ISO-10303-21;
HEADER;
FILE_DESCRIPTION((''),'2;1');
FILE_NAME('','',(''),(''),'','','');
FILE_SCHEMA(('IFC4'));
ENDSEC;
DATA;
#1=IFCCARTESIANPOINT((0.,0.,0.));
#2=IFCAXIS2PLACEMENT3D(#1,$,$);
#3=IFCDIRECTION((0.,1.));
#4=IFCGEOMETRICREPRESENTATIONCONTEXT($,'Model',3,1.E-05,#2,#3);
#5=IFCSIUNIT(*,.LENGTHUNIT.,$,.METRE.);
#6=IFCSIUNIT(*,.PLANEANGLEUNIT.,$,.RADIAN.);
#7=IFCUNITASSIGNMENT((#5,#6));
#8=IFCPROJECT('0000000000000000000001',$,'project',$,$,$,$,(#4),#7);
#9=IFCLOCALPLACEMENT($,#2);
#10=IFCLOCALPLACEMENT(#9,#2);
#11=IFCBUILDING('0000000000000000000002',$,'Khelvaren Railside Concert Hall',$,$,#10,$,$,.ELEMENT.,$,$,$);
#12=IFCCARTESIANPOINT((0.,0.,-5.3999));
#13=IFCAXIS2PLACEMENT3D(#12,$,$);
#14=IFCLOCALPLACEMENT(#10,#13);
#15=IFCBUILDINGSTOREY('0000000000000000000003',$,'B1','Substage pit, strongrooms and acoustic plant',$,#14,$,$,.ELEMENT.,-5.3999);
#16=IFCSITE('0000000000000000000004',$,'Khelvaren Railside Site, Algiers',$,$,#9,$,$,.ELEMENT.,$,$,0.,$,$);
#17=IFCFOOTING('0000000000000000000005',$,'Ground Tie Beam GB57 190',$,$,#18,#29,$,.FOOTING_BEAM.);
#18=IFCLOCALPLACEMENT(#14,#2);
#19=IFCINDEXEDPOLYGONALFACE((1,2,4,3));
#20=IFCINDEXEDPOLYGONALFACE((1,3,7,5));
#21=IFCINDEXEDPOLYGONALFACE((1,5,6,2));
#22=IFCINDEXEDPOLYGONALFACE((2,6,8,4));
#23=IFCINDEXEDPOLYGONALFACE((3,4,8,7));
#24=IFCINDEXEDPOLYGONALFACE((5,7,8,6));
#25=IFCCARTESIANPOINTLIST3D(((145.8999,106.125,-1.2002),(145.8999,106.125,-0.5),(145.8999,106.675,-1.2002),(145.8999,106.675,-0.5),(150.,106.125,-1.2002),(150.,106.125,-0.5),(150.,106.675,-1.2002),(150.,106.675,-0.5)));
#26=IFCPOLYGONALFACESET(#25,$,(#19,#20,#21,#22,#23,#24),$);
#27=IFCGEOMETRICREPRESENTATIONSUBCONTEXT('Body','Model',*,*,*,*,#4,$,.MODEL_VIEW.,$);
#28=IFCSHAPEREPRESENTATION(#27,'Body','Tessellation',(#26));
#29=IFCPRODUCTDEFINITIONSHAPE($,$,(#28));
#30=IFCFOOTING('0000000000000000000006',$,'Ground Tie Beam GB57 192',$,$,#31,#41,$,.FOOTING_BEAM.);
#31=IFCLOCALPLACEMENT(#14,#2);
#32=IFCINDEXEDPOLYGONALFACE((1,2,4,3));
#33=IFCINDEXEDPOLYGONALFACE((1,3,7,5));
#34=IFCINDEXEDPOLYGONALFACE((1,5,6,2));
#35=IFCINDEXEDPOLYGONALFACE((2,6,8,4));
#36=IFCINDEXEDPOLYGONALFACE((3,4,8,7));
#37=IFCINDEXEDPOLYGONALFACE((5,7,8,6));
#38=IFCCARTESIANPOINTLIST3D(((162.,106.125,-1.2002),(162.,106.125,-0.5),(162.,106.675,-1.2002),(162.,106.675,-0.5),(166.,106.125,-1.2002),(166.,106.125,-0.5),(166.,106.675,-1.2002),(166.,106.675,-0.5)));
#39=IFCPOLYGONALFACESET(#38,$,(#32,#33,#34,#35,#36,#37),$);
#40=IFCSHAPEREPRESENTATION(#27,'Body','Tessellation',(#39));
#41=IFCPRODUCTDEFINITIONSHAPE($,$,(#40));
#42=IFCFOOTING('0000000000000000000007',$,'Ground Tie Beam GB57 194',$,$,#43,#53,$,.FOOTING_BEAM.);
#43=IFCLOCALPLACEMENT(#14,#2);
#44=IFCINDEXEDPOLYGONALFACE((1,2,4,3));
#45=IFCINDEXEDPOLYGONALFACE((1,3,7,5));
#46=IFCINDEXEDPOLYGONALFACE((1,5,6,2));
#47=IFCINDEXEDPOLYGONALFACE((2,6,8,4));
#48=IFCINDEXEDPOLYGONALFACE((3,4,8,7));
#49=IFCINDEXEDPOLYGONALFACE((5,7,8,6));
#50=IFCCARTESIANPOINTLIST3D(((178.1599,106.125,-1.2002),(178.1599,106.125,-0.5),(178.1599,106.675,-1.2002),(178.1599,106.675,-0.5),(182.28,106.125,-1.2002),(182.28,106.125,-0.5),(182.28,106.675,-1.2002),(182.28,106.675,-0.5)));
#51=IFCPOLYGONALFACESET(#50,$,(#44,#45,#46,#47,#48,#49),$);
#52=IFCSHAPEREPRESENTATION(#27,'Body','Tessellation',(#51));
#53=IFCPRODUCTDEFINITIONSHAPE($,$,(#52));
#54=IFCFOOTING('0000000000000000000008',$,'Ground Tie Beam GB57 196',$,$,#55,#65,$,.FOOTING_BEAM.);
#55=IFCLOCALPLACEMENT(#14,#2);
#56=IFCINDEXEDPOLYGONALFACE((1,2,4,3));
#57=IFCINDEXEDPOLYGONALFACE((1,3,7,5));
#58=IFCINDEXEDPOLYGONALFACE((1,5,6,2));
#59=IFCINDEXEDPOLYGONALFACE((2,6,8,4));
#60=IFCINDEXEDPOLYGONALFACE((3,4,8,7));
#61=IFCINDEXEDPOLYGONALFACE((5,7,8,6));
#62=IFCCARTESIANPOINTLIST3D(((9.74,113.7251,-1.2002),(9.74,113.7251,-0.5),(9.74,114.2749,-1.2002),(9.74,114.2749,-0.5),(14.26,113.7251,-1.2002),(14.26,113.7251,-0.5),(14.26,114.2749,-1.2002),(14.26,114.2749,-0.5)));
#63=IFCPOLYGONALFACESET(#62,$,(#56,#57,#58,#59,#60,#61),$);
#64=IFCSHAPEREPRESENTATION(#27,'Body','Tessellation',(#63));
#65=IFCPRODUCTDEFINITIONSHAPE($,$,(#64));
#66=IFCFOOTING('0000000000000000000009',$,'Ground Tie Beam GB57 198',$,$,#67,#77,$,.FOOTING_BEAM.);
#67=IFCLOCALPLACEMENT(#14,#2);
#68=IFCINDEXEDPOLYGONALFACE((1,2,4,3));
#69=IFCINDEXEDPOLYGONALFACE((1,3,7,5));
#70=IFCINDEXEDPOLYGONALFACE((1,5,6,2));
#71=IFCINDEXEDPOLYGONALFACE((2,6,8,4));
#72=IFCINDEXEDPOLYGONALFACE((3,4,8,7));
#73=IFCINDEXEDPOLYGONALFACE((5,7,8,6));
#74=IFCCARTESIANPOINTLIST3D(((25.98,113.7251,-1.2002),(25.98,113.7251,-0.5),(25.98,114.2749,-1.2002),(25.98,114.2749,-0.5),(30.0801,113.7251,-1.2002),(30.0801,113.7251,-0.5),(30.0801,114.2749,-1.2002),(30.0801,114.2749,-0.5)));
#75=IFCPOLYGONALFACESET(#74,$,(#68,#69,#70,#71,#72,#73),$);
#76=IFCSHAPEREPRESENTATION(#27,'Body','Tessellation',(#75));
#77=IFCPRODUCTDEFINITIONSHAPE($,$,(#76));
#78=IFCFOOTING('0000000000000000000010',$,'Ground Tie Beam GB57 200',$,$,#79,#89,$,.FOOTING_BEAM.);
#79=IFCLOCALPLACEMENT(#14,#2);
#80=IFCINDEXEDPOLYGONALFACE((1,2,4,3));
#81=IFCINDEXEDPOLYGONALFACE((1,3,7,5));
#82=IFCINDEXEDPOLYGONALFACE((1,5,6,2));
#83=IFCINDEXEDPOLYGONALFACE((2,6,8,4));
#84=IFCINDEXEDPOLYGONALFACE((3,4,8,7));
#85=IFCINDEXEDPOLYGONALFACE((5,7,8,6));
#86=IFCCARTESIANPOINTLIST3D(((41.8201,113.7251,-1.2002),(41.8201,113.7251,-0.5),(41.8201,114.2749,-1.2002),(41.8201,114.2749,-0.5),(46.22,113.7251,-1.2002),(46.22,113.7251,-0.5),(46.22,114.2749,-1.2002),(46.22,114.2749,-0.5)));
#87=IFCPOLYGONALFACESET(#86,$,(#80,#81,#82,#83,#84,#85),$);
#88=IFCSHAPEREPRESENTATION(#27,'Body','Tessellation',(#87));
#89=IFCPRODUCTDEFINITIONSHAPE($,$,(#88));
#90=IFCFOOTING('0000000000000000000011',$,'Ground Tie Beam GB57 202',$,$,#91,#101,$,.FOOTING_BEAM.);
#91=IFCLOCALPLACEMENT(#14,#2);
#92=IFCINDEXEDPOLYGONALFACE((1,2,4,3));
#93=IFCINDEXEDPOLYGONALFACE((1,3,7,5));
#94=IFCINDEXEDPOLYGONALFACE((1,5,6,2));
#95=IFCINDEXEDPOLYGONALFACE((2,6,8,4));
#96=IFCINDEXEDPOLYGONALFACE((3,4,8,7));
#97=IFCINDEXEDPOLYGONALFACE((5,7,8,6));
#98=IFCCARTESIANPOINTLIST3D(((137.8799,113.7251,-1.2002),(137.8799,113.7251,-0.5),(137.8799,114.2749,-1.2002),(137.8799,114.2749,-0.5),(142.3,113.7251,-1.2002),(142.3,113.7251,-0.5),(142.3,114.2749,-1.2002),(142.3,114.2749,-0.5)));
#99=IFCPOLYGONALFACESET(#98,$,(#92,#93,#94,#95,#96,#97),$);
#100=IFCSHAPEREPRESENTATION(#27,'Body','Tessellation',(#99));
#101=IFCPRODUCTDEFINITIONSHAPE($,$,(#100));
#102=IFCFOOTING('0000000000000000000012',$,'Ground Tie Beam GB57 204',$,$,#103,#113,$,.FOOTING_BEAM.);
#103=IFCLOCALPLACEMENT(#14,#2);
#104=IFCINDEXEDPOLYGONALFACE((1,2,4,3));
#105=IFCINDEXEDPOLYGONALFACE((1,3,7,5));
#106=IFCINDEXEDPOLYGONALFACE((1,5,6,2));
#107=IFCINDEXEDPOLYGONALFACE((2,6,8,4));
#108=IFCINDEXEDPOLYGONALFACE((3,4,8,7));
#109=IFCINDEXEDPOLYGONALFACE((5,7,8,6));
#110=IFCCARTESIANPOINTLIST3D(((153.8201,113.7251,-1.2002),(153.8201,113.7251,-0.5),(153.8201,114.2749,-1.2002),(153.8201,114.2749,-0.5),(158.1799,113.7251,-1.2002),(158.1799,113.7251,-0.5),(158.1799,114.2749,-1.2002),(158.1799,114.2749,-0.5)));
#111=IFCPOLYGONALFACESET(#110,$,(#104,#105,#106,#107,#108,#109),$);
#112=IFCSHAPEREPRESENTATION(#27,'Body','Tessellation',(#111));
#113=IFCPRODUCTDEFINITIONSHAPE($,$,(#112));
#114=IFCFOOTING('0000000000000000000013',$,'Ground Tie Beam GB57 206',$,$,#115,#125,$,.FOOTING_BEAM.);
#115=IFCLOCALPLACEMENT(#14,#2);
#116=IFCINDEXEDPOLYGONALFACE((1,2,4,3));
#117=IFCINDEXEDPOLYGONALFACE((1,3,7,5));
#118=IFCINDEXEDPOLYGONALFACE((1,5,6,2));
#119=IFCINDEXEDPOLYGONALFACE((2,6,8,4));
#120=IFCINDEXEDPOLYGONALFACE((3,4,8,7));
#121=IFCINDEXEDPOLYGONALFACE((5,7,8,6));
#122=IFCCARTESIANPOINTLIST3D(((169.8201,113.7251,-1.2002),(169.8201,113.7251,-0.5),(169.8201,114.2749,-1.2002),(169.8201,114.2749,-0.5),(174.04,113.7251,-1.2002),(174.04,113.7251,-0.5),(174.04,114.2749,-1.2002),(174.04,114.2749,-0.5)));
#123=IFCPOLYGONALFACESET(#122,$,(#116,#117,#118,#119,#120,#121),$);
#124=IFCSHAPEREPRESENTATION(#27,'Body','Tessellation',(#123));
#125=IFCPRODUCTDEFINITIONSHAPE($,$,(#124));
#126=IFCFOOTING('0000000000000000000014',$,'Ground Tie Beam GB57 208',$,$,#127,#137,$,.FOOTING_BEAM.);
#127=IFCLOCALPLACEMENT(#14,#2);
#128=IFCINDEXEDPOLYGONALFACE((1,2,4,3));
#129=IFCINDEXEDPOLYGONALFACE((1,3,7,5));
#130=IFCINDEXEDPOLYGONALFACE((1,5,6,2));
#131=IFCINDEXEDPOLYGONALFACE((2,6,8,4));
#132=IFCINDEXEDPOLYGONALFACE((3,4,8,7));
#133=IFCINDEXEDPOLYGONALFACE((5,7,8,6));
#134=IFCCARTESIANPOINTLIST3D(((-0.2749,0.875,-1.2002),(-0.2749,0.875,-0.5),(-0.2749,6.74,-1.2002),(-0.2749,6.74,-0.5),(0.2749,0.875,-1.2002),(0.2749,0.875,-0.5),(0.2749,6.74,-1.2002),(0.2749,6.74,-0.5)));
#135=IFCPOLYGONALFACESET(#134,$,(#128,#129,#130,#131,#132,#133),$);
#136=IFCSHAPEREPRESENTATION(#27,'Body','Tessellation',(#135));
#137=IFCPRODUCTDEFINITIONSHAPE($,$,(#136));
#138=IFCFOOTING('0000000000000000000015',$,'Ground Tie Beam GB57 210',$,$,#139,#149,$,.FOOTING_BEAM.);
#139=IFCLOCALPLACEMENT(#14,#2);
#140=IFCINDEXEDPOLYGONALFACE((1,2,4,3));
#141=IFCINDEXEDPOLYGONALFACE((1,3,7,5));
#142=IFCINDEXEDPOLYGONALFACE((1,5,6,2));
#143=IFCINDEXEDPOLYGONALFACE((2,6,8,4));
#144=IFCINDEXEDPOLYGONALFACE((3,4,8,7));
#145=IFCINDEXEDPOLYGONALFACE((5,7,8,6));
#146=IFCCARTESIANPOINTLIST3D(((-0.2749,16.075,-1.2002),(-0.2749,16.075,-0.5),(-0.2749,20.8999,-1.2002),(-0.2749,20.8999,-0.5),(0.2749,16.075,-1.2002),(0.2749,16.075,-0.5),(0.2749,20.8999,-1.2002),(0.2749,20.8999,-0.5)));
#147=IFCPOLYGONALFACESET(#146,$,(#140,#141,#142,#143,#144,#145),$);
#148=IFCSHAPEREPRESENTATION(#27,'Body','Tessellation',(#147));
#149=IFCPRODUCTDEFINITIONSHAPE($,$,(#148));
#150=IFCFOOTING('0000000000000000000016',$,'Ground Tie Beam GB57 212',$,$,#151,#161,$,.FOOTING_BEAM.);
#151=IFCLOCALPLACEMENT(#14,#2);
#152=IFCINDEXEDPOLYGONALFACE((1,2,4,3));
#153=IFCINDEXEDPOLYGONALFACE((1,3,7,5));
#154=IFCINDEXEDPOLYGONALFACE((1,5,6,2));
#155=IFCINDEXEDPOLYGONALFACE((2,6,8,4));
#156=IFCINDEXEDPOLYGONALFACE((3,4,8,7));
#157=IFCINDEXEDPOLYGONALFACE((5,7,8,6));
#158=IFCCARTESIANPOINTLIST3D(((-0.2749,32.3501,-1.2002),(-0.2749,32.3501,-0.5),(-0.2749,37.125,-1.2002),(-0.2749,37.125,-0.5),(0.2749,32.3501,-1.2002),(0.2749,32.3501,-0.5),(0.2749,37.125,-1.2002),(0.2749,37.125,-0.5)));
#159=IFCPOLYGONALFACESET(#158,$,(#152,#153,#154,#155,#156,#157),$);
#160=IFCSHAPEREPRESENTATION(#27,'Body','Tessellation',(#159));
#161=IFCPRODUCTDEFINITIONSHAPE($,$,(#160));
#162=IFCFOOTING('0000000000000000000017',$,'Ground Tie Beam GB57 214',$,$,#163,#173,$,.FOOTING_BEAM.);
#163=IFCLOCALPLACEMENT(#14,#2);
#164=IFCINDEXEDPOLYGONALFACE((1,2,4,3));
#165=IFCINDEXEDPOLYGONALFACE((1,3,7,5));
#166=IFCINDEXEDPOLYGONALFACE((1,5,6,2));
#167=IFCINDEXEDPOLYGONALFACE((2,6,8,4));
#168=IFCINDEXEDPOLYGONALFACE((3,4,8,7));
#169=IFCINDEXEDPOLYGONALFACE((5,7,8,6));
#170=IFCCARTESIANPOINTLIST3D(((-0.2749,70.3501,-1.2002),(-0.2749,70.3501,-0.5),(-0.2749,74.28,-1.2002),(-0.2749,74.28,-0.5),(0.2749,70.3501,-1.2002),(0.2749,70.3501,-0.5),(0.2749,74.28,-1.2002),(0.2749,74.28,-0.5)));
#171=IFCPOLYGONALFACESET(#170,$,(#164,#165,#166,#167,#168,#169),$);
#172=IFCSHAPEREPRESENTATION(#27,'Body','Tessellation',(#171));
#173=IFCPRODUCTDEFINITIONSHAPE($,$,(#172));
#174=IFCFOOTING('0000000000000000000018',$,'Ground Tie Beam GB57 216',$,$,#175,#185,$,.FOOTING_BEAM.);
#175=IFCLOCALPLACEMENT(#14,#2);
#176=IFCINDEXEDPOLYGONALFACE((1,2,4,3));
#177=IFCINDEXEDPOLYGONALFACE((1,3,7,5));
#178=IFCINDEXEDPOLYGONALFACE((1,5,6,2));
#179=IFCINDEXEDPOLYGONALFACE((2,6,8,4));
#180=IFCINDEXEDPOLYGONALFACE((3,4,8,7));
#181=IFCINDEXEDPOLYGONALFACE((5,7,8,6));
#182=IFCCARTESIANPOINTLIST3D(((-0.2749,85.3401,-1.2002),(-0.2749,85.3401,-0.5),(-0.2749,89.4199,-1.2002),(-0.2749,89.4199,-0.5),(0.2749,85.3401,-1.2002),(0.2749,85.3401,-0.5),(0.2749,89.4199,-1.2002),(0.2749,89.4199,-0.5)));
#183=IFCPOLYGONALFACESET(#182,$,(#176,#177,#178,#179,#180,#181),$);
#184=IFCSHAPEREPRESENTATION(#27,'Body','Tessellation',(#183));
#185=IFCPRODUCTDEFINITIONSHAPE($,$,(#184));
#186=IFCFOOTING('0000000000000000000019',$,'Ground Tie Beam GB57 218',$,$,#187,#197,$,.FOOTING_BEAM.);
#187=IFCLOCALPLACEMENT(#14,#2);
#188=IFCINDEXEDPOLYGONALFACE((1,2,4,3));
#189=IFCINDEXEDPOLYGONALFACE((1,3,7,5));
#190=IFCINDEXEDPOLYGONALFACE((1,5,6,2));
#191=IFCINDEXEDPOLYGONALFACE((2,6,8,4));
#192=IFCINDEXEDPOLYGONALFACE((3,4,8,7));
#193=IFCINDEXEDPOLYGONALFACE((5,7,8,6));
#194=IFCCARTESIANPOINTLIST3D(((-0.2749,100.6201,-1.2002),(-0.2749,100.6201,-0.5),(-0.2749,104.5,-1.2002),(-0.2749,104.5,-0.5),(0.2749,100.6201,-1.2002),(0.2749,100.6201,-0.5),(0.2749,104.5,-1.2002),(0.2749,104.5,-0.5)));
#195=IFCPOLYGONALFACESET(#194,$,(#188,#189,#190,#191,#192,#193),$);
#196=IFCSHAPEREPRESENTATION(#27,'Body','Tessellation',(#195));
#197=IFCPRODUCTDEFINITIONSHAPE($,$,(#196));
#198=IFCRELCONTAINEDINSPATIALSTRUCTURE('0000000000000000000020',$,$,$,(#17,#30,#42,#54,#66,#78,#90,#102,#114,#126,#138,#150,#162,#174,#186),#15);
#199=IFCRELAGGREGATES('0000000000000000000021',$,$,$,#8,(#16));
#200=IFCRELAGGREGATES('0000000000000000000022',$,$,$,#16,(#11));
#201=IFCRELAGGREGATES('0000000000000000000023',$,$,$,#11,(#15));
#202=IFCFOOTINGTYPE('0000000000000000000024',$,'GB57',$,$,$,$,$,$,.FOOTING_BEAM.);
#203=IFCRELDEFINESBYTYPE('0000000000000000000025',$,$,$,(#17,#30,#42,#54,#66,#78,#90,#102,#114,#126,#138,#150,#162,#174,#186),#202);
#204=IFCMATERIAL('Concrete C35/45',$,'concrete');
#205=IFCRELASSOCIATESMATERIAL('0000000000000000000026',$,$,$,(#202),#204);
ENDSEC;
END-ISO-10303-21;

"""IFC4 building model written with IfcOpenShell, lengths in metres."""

from ifc_helpers import new_model, si_unit, direction, frame, origin, place, context, subcontext, project, spatial, polyline, outline, extrude, material, type_object, element, save


model = new_model("IFC4")

# Units and contexts
model_context = context("Model", 3, precision=1e-05, world=origin(), true_north=direction((0.0, 1.0)))
body_context = subcontext(model_context, "Body", "Model", "MODEL_VIEW")
ifc_project = project(units=[si_unit("LENGTHUNIT", "METRE"), si_unit("PLANEANGLEUNIT", "RADIAN")], contexts=[model_context])

# Site, building, storey
site_placement = place(None, origin())
site = spatial("IfcSite", under=ifc_project, at=site_placement, Name="Khelvaren Railside Site, Algiers", CompositionType="ELEMENT", RefElevation=0.0)
building_placement = place(site_placement, origin())
building = spatial("IfcBuilding", under=site, at=building_placement, Name="Khelvaren Railside Concert Hall", CompositionType="ELEMENT")
storey_placement = place(building_placement, frame((0.0, 0.0, -5.3999)))
storey = spatial("IfcBuildingStorey", under=building, at=storey_placement, Name="B1", Description="Substage pit, strongrooms and acoustic plant", CompositionType="ELEMENT", Elevation=-5.3999)

# Footings
ifc_material = material(Name="Concrete C35/45", Category="concrete")
footing_type = type_object("IfcFootingType", Name="GB57", PredefinedType="FOOTING_BEAM", material=ifc_material)
footing_1_placement = place(storey_placement, frame((0.0, 0.0, -1.2002)))
element("IfcFooting", 1, at=footing_1_placement, inside=storey, type_object=footing_type, Name="Ground Tie Beam GB57 190", PredefinedType="FOOTING_BEAM", context=body_context, shape_type="SweptSolid", body=[
    extrude(outline(polyline([(145.8999, 106.125), (150.0, 106.125), (150.0, 106.675), (145.8999, 106.675), (145.8999, 106.125)])), origin(), (0.0, 0.0, 1.0), 0.7002),
])
footing_2_placement = place(storey_placement, frame((0.0, 0.0, -1.2002)))
element("IfcFooting", 2, at=footing_2_placement, inside=storey, type_object=footing_type, Name="Ground Tie Beam GB57 192", PredefinedType="FOOTING_BEAM", context=body_context, shape_type="SweptSolid", body=[
    extrude(outline(polyline([(162.0, 106.125), (166.0, 106.125), (166.0, 106.675), (162.0, 106.675), (162.0, 106.125)])), origin(), (0.0, 0.0, 1.0), 0.7002),
])
footing_3_placement = place(storey_placement, frame((0.0, 0.0, -1.2002)))
element("IfcFooting", 3, at=footing_3_placement, inside=storey, type_object=footing_type, Name="Ground Tie Beam GB57 194", PredefinedType="FOOTING_BEAM", context=body_context, shape_type="SweptSolid", body=[
    extrude(outline(polyline([(178.1599, 106.125), (182.28, 106.125), (182.28, 106.675), (178.1599, 106.675), (178.1599, 106.125)])), origin(), (0.0, 0.0, 1.0), 0.7002),
])
footing_4_placement = place(storey_placement, frame((0.0, 0.0, -1.2002)))
element("IfcFooting", 4, at=footing_4_placement, inside=storey, type_object=footing_type, Name="Ground Tie Beam GB57 196", PredefinedType="FOOTING_BEAM", context=body_context, shape_type="SweptSolid", body=[
    extrude(outline(polyline([(9.74, 113.7251), (14.26, 113.7251), (14.26, 114.2749), (9.74, 114.2749), (9.74, 113.7251)])), origin(), (0.0, 0.0, 1.0), 0.7002),
])
footing_5_placement = place(storey_placement, frame((0.0, 0.0, -1.2002)))
element("IfcFooting", 5, at=footing_5_placement, inside=storey, type_object=footing_type, Name="Ground Tie Beam GB57 198", PredefinedType="FOOTING_BEAM", context=body_context, shape_type="SweptSolid", body=[
    extrude(outline(polyline([(25.98, 113.7251), (30.0801, 113.7251), (30.0801, 114.2749), (25.98, 114.2749), (25.98, 113.7251)])), origin(), (0.0, 0.0, 1.0), 0.7002),
])
footing_6_placement = place(storey_placement, frame((0.0, 0.0, -1.2002)))
element("IfcFooting", 6, at=footing_6_placement, inside=storey, type_object=footing_type, Name="Ground Tie Beam GB57 200", PredefinedType="FOOTING_BEAM", context=body_context, shape_type="SweptSolid", body=[
    extrude(outline(polyline([(41.8201, 113.7251), (46.22, 113.7251), (46.22, 114.2749), (41.8201, 114.2749), (41.8201, 113.7251)])), origin(), (0.0, 0.0, 1.0), 0.7002),
])
footing_7_placement = place(storey_placement, frame((0.0, 0.0, -1.2002)))
element("IfcFooting", 7, at=footing_7_placement, inside=storey, type_object=footing_type, Name="Ground Tie Beam GB57 202", PredefinedType="FOOTING_BEAM", context=body_context, shape_type="SweptSolid", body=[
    extrude(outline(polyline([(137.8799, 113.7251), (142.3, 113.7251), (142.3, 114.2749), (137.8799, 114.2749), (137.8799, 113.7251)])), origin(), (0.0, 0.0, 1.0), 0.7002),
])
footing_8_placement = place(storey_placement, frame((0.0, 0.0, -1.2002)))
element("IfcFooting", 8, at=footing_8_placement, inside=storey, type_object=footing_type, Name="Ground Tie Beam GB57 204", PredefinedType="FOOTING_BEAM", context=body_context, shape_type="SweptSolid", body=[
    extrude(outline(polyline([(153.8201, 113.7251), (158.1799, 113.7251), (158.1799, 114.2749), (153.8201, 114.2749), (153.8201, 113.7251)])), origin(), (0.0, 0.0, 1.0), 0.7002),
])
footing_9_placement = place(storey_placement, frame((0.0, 0.0, -1.2002)))
element("IfcFooting", 9, at=footing_9_placement, inside=storey, type_object=footing_type, Name="Ground Tie Beam GB57 206", PredefinedType="FOOTING_BEAM", context=body_context, shape_type="SweptSolid", body=[
    extrude(outline(polyline([(169.8201, 113.7251), (174.04, 113.7251), (174.04, 114.2749), (169.8201, 114.2749), (169.8201, 113.7251)])), origin(), (0.0, 0.0, 1.0), 0.7002),
])
footing_10_placement = place(storey_placement, frame((0.0, 0.0, -1.2002)))
element("IfcFooting", 10, at=footing_10_placement, inside=storey, type_object=footing_type, Name="Ground Tie Beam GB57 208", PredefinedType="FOOTING_BEAM", context=body_context, shape_type="SweptSolid", body=[
    extrude(outline(polyline([(-0.2749, 0.875), (0.2749, 0.875), (0.2749, 6.74), (-0.2749, 6.74), (-0.2749, 0.875)])), origin(), (0.0, 0.0, 1.0), 0.7002),
])
footing_11_placement = place(storey_placement, frame((0.0, 0.0, -1.2002)))
element("IfcFooting", 11, at=footing_11_placement, inside=storey, type_object=footing_type, Name="Ground Tie Beam GB57 210", PredefinedType="FOOTING_BEAM", context=body_context, shape_type="SweptSolid", body=[
    extrude(outline(polyline([(-0.2749, 16.075), (0.2749, 16.075), (0.2749, 20.8999), (-0.2749, 20.8999), (-0.2749, 16.075)])), origin(), (0.0, 0.0, 1.0), 0.7002),
])
footing_12_placement = place(storey_placement, frame((0.0, 0.0, -1.2002)))
element("IfcFooting", 12, at=footing_12_placement, inside=storey, type_object=footing_type, Name="Ground Tie Beam GB57 212", PredefinedType="FOOTING_BEAM", context=body_context, shape_type="SweptSolid", body=[
    extrude(outline(polyline([(-0.2749, 32.3501), (0.2749, 32.3501), (0.2749, 37.125), (-0.2749, 37.125), (-0.2749, 32.3501)])), origin(), (0.0, 0.0, 1.0), 0.7002),
])
footing_13_placement = place(storey_placement, frame((0.0, 0.0, -1.2002)))
element("IfcFooting", 13, at=footing_13_placement, inside=storey, type_object=footing_type, Name="Ground Tie Beam GB57 214", PredefinedType="FOOTING_BEAM", context=body_context, shape_type="SweptSolid", body=[
    extrude(outline(polyline([(-0.2749, 70.3501), (0.2749, 70.3501), (0.2749, 74.28), (-0.2749, 74.28), (-0.2749, 70.3501)])), origin(), (0.0, 0.0, 1.0), 0.7002),
])
footing_14_placement = place(storey_placement, frame((0.0, 0.0, -1.2002)))
element("IfcFooting", 14, at=footing_14_placement, inside=storey, type_object=footing_type, Name="Ground Tie Beam GB57 216", PredefinedType="FOOTING_BEAM", context=body_context, shape_type="SweptSolid", body=[
    extrude(outline(polyline([(-0.2749, 85.3401), (0.2749, 85.3401), (0.2749, 89.4199), (-0.2749, 89.4199), (-0.2749, 85.3401)])), origin(), (0.0, 0.0, 1.0), 0.7002),
])
footing_15_placement = place(storey_placement, frame((0.0, 0.0, -1.2002)))
element("IfcFooting", 15, at=footing_15_placement, inside=storey, type_object=footing_type, Name="Ground Tie Beam GB57 218", PredefinedType="FOOTING_BEAM", context=body_context, shape_type="SweptSolid", body=[
    extrude(outline(polyline([(-0.2749, 100.6201), (0.2749, 100.6201), (0.2749, 104.5), (-0.2749, 104.5), (-0.2749, 100.6201)])), origin(), (0.0, 0.0, 1.0), 0.7002),
])

save(model, "model.ifc")
